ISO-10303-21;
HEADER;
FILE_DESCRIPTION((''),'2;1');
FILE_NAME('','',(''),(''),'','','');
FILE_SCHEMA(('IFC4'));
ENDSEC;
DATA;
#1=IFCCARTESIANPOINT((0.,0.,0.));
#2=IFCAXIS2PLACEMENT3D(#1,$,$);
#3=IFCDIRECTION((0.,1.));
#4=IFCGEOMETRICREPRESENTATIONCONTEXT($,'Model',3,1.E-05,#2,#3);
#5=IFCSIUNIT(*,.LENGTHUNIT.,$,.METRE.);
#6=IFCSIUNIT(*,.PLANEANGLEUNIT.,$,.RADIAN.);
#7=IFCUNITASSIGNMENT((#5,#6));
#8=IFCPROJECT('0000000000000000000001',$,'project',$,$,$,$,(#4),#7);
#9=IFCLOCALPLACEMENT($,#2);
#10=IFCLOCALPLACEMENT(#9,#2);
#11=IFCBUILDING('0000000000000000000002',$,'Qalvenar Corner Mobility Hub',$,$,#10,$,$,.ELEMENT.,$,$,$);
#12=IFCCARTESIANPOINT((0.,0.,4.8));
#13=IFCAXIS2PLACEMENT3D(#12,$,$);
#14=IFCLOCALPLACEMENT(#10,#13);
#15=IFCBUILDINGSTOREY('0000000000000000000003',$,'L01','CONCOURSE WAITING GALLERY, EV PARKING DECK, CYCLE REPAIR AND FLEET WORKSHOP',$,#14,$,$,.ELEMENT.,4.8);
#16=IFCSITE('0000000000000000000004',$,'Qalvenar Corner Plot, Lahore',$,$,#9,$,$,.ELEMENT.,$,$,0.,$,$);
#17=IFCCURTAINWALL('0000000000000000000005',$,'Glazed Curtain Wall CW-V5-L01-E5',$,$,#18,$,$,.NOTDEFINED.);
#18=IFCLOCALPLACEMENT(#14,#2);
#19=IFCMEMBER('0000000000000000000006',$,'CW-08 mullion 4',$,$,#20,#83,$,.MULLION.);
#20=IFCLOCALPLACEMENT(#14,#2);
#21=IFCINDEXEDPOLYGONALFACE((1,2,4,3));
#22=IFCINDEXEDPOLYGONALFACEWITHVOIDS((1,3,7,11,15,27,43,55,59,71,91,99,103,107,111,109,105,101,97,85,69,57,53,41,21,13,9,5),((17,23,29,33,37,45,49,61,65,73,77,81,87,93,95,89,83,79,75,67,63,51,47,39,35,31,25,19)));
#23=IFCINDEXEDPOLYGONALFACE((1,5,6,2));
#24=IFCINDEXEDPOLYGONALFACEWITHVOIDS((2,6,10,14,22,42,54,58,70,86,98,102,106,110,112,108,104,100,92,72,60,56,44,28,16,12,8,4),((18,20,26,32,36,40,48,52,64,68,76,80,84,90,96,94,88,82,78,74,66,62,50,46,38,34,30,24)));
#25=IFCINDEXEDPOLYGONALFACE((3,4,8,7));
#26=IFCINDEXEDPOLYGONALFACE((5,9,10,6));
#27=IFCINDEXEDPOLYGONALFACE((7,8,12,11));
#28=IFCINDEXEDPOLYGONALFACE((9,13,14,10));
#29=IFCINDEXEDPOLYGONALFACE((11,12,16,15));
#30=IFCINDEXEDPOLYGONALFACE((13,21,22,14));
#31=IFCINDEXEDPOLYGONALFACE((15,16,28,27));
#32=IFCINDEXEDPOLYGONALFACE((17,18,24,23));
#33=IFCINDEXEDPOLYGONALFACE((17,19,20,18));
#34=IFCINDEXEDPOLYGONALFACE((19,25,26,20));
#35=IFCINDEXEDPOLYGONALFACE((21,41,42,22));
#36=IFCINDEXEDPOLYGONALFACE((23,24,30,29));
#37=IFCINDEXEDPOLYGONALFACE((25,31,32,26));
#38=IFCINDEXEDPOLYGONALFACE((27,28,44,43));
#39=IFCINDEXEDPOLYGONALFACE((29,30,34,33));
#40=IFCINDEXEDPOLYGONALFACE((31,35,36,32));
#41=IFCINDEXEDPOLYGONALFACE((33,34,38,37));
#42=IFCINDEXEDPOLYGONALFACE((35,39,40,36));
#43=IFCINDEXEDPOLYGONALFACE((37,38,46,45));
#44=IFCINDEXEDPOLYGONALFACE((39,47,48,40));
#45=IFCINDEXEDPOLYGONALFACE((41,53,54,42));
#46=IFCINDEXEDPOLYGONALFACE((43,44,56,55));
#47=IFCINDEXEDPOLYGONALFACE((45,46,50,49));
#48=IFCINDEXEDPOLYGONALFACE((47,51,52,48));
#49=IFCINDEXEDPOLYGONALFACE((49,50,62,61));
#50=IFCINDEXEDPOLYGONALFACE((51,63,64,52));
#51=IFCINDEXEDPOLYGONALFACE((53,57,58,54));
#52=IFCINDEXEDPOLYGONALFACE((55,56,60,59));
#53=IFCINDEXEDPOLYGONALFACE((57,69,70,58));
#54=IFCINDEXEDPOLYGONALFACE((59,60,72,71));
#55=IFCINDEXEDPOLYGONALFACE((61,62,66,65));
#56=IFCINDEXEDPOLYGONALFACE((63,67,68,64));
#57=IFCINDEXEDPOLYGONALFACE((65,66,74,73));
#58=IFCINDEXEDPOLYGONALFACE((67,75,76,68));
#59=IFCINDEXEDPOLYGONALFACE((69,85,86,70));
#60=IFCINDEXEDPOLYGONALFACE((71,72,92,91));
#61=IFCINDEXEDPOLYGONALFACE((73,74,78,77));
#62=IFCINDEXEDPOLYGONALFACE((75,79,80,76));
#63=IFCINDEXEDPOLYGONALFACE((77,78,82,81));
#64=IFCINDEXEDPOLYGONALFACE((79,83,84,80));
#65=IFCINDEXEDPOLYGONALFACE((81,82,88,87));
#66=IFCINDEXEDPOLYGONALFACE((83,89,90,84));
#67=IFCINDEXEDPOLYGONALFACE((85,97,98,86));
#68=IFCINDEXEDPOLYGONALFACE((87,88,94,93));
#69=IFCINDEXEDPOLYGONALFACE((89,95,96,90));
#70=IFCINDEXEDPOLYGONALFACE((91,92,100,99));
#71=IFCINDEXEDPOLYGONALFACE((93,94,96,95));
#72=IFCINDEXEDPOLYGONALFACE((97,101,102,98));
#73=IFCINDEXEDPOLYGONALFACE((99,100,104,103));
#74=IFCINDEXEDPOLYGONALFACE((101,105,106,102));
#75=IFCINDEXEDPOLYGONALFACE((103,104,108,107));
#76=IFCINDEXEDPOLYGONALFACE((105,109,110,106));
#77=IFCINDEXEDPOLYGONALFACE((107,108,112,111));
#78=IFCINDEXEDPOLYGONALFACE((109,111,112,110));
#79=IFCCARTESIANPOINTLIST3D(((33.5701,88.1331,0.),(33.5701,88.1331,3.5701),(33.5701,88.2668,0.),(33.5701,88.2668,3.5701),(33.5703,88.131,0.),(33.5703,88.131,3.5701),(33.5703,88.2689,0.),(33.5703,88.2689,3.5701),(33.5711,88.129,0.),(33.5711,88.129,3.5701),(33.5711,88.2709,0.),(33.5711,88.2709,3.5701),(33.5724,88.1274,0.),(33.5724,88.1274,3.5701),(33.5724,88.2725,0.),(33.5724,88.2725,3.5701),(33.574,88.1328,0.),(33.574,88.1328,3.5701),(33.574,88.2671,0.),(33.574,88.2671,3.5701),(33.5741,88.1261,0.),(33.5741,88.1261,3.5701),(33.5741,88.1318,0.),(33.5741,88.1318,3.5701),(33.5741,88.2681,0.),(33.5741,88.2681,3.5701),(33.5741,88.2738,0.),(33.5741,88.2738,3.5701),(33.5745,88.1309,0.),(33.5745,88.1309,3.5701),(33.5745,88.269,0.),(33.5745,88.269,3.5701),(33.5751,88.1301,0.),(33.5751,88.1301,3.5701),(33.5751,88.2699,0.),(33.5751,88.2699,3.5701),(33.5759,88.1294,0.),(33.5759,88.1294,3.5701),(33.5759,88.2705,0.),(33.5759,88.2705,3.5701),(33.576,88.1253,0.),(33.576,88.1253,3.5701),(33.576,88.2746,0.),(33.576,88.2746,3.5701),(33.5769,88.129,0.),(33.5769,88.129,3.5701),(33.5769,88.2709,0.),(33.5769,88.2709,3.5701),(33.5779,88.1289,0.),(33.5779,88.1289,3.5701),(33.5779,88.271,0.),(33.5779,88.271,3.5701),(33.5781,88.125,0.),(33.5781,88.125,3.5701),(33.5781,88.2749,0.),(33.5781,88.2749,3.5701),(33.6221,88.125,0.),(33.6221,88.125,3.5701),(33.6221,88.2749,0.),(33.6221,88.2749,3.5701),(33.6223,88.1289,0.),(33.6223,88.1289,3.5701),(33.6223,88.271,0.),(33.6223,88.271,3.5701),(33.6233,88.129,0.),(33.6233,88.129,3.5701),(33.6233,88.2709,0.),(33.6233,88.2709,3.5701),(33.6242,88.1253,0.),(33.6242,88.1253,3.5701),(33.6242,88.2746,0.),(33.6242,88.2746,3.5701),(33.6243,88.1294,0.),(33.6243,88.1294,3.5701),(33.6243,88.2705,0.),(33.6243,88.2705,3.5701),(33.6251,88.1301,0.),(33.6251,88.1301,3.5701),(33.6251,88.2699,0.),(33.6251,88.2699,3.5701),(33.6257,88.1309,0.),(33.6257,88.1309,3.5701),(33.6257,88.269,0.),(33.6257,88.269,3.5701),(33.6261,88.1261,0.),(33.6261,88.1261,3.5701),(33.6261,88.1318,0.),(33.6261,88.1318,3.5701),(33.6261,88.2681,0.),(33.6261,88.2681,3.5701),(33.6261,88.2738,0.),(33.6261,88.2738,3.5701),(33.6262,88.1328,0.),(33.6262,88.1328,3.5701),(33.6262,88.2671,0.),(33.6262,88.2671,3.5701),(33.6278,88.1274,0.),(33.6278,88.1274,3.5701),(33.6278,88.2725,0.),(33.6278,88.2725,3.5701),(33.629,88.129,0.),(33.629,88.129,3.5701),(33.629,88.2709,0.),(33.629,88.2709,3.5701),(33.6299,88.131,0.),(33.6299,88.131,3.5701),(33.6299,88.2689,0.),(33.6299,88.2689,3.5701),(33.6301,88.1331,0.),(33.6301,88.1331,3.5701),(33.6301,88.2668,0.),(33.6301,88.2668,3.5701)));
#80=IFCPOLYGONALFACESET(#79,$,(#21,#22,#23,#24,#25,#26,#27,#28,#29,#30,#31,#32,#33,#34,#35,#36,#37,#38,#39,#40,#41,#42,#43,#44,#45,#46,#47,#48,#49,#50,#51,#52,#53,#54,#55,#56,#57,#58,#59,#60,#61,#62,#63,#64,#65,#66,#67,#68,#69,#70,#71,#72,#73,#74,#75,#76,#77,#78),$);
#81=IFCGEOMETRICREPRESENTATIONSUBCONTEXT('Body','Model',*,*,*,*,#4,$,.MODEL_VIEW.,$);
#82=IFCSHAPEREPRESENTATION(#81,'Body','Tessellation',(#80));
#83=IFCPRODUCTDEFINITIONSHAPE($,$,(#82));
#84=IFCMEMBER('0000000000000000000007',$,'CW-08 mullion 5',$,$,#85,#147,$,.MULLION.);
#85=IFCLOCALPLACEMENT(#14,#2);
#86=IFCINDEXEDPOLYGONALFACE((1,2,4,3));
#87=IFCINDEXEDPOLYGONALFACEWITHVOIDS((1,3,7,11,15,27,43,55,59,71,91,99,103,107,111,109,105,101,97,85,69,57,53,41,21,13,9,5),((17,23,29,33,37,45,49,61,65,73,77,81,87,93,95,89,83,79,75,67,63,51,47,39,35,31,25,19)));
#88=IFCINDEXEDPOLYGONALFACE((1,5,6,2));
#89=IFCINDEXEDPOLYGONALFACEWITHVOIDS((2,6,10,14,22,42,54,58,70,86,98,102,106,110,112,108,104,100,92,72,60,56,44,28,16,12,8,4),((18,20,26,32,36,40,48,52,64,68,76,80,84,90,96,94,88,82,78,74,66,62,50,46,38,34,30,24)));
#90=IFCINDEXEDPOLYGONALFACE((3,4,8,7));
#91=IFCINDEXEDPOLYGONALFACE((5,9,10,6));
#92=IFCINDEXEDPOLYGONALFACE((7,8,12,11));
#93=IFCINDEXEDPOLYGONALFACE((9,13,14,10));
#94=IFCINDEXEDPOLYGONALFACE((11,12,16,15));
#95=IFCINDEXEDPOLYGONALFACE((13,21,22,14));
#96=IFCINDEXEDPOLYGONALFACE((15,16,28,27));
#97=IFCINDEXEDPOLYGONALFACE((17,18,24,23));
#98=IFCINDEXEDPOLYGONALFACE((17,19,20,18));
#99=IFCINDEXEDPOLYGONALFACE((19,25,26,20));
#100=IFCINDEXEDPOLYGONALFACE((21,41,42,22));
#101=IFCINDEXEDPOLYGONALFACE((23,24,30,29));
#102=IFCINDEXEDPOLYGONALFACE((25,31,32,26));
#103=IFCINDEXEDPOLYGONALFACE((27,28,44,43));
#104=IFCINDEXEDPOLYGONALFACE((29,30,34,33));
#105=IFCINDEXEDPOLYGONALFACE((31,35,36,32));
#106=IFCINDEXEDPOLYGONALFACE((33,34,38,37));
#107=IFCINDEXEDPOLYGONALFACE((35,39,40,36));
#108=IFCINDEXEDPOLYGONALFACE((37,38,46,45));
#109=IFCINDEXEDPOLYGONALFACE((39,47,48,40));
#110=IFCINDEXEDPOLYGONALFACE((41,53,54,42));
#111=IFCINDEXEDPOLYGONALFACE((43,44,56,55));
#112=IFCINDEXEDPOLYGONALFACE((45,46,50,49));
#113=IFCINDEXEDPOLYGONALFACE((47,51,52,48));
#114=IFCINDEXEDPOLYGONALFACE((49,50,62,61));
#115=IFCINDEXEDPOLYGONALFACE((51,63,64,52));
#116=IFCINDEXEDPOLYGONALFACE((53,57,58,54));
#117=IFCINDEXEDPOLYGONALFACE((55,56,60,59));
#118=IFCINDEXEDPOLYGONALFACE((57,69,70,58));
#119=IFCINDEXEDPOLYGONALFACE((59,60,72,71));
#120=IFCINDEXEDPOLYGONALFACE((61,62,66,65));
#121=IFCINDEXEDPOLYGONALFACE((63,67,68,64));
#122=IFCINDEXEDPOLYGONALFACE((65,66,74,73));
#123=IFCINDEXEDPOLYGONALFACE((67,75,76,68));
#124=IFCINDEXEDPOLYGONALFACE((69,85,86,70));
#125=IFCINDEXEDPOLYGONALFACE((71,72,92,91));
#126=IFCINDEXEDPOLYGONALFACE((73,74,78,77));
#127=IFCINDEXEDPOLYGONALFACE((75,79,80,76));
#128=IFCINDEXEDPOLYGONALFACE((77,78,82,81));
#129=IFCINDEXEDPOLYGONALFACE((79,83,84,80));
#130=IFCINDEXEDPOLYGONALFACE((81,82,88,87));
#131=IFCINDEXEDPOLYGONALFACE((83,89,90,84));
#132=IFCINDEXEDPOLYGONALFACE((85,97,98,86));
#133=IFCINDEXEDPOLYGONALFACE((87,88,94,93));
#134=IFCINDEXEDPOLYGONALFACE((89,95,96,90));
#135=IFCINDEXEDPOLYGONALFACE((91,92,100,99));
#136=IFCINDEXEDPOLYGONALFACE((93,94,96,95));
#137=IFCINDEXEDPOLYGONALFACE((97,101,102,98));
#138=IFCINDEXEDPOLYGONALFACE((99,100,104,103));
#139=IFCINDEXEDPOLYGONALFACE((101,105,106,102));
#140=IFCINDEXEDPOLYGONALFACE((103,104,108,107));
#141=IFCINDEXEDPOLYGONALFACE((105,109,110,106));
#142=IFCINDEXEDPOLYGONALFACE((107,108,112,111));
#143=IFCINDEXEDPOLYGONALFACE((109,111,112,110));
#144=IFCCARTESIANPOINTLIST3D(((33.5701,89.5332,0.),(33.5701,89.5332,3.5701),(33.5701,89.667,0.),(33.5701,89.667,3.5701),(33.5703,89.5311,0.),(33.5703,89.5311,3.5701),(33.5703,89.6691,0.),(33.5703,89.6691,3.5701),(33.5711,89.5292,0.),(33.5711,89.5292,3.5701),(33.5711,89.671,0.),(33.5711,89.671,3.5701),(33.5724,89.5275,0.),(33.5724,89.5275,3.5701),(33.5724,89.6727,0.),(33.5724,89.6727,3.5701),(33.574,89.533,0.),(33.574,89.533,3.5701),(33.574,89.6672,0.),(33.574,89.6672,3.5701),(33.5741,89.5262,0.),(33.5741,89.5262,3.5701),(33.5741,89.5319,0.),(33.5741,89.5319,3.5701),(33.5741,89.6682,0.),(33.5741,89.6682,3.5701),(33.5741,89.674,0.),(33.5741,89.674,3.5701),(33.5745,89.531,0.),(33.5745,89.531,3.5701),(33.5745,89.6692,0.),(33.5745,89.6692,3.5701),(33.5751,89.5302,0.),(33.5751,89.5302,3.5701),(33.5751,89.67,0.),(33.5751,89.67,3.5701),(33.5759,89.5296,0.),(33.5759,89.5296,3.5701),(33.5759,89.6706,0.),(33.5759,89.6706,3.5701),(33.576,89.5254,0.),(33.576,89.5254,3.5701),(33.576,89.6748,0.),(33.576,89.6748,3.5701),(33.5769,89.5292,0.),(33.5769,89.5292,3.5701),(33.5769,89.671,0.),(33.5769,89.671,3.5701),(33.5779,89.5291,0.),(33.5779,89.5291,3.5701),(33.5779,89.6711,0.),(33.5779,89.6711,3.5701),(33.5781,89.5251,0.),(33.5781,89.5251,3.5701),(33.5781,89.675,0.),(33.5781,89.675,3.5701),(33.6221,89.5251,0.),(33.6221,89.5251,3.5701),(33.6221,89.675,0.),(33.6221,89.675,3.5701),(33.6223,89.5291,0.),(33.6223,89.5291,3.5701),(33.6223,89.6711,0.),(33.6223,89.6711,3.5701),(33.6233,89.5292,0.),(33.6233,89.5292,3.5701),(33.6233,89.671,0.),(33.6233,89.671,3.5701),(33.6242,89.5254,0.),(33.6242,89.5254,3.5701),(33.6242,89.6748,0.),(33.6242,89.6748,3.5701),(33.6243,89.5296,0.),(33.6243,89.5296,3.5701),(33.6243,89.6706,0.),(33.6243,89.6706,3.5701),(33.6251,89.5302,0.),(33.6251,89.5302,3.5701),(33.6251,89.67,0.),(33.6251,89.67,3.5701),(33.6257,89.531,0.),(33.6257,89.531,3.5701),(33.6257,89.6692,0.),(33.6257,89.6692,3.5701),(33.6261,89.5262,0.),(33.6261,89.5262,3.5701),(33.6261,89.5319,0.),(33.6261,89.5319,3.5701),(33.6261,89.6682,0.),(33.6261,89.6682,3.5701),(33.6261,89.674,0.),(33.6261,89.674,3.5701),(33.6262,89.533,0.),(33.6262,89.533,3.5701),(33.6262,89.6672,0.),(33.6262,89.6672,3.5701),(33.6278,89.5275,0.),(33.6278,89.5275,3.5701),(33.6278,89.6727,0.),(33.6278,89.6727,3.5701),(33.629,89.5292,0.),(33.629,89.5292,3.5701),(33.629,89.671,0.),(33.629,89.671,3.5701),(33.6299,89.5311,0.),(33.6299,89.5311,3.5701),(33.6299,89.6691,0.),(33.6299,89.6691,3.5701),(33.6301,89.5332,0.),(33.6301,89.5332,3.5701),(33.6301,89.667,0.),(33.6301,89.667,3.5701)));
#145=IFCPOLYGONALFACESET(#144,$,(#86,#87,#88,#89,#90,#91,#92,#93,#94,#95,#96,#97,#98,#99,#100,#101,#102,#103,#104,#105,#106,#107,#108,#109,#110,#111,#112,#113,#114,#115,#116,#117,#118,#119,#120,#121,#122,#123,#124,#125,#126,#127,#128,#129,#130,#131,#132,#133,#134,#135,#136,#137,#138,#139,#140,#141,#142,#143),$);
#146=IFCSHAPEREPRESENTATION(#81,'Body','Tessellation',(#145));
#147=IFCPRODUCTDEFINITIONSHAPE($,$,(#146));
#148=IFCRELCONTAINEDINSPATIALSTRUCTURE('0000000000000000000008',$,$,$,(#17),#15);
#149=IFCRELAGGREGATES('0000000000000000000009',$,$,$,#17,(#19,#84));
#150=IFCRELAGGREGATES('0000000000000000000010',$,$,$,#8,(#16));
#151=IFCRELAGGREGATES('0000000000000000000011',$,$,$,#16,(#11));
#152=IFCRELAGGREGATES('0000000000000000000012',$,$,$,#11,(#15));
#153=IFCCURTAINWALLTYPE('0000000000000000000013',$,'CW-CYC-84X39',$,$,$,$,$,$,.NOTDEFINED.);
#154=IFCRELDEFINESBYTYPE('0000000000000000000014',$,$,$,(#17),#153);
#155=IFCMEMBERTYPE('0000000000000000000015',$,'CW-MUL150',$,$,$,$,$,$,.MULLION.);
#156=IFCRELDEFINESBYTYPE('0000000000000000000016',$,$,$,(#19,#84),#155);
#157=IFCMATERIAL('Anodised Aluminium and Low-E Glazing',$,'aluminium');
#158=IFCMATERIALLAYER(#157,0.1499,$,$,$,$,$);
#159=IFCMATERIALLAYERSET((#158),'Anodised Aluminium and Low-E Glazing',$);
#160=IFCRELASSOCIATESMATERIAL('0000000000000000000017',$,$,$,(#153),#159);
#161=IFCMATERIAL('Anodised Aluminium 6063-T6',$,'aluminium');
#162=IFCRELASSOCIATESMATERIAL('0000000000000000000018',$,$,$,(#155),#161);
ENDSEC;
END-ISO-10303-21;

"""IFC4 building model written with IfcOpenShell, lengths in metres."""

from ifc_helpers import new_model, si_unit, direction, frame, origin, origin_2d, place, context, subcontext, project, spatial, hollow_rectangle, extrude, material, layer, layer_set, material_profile, profile_set, type_object, element, aggregate, save


model = new_model("IFC4")

# Units and contexts
model_context = context("Model", 3, precision=1e-05, world=origin(), true_north=direction((0.0, 1.0)))
body_context = subcontext(model_context, "Body", "Model", "MODEL_VIEW")
ifc_project = project(units=[si_unit("LENGTHUNIT", "METRE"), si_unit("PLANEANGLEUNIT", "RADIAN")], contexts=[model_context])

# Site, building, storey
site_placement = place(None, origin())
site = spatial("IfcSite", under=ifc_project, at=site_placement, Name="Qalvenar Corner Plot, Lahore", CompositionType="ELEMENT", RefElevation=0.0)
building_placement = place(site_placement, origin())
building = spatial("IfcBuilding", under=site, at=building_placement, Name="Qalvenar Corner Mobility Hub", CompositionType="ELEMENT")
storey_placement = place(building_placement, frame((0.0, 0.0, 4.8)))
storey = spatial("IfcBuildingStorey", under=building, at=storey_placement, Name="L01", Description="CONCOURSE WAITING GALLERY, EV PARKING DECK, CYCLE REPAIR AND FLEET WORKSHOP", CompositionType="ELEMENT", Elevation=4.8)

# Curtain wall, members
ifc_material_1 = material(Name="Anodised Aluminium and Low-E Glazing", Category="aluminium")
ifc_layer_1 = layer(ifc_material_1, 0.1499)
ifc_layer_set_1 = layer_set([ifc_layer_1], Name="Anodised Aluminium and Low-E Glazing")
curtain_wall_type = type_object("IfcCurtainWallType", Name="CW-CYC-84X39", PredefinedType="NOTDEFINED", material=ifc_layer_set_1)
curtain_wall_placement = place(storey_placement, origin())
curtain_wall = element("IfcCurtainWall", 1, at=curtain_wall_placement, inside=storey, type_object=curtain_wall_type, Name="Glazed Curtain Wall CW-V5-L01-E5", PredefinedType="NOTDEFINED")
ifc_material_2 = material(Name="Anodised Aluminium 6063-T6", Category="aluminium")
ifc_material_profile_1 = material_profile(ifc_material_2, hollow_rectangle(XDim=0.0601, YDim=0.1499, WallThickness=0.0039, InnerFilletRadius=0.0039, OuterFilletRadius=0.0081, at=origin_2d()), Name="RHS150x60x4")
ifc_profile_set_1 = profile_set([ifc_material_profile_1], Name="Anodised Aluminium 6063-T6")
member_type_1 = type_object("IfcMemberType", Name="CW-MUL150", PredefinedType="MULLION", material=ifc_profile_set_1)
member_1_placement = place(storey_placement, frame((33.6001, 88.2, 0.0), z_axis=(0.0, 0.0, 1.0), x_axis=(-1.0, 0.0, 0.0)))
member_1 = element("IfcMember", 2, at=member_1_placement, type_object=member_type_1, Name="CW-08 mullion 4", PredefinedType="MULLION", context=body_context, shape_type="SweptSolid", body=[
    extrude(hollow_rectangle(XDim=0.0601, YDim=0.1499, WallThickness=0.0039, InnerFilletRadius=0.0039, OuterFilletRadius=0.0081, at=origin_2d()), origin(), (0.0, 0.0, 1.0), 3.5701),
])
member_2_placement = place(storey_placement, frame((33.6001, 89.6001, 0.0), z_axis=(0.0, 0.0, 1.0), x_axis=(-1.0, 0.0, 0.0)))
member_2 = element("IfcMember", 3, at=member_2_placement, type_object=member_type_1, Name="CW-08 mullion 5", PredefinedType="MULLION", context=body_context, shape_type="SweptSolid", body=[
    extrude(hollow_rectangle(XDim=0.0601, YDim=0.1499, WallThickness=0.0039, InnerFilletRadius=0.0039, OuterFilletRadius=0.0081, at=origin_2d()), origin(), (0.0, 0.0, 1.0), 3.5701),
])
aggregate(curtain_wall, [member_1, member_2])

save(model, "model.ifc")
